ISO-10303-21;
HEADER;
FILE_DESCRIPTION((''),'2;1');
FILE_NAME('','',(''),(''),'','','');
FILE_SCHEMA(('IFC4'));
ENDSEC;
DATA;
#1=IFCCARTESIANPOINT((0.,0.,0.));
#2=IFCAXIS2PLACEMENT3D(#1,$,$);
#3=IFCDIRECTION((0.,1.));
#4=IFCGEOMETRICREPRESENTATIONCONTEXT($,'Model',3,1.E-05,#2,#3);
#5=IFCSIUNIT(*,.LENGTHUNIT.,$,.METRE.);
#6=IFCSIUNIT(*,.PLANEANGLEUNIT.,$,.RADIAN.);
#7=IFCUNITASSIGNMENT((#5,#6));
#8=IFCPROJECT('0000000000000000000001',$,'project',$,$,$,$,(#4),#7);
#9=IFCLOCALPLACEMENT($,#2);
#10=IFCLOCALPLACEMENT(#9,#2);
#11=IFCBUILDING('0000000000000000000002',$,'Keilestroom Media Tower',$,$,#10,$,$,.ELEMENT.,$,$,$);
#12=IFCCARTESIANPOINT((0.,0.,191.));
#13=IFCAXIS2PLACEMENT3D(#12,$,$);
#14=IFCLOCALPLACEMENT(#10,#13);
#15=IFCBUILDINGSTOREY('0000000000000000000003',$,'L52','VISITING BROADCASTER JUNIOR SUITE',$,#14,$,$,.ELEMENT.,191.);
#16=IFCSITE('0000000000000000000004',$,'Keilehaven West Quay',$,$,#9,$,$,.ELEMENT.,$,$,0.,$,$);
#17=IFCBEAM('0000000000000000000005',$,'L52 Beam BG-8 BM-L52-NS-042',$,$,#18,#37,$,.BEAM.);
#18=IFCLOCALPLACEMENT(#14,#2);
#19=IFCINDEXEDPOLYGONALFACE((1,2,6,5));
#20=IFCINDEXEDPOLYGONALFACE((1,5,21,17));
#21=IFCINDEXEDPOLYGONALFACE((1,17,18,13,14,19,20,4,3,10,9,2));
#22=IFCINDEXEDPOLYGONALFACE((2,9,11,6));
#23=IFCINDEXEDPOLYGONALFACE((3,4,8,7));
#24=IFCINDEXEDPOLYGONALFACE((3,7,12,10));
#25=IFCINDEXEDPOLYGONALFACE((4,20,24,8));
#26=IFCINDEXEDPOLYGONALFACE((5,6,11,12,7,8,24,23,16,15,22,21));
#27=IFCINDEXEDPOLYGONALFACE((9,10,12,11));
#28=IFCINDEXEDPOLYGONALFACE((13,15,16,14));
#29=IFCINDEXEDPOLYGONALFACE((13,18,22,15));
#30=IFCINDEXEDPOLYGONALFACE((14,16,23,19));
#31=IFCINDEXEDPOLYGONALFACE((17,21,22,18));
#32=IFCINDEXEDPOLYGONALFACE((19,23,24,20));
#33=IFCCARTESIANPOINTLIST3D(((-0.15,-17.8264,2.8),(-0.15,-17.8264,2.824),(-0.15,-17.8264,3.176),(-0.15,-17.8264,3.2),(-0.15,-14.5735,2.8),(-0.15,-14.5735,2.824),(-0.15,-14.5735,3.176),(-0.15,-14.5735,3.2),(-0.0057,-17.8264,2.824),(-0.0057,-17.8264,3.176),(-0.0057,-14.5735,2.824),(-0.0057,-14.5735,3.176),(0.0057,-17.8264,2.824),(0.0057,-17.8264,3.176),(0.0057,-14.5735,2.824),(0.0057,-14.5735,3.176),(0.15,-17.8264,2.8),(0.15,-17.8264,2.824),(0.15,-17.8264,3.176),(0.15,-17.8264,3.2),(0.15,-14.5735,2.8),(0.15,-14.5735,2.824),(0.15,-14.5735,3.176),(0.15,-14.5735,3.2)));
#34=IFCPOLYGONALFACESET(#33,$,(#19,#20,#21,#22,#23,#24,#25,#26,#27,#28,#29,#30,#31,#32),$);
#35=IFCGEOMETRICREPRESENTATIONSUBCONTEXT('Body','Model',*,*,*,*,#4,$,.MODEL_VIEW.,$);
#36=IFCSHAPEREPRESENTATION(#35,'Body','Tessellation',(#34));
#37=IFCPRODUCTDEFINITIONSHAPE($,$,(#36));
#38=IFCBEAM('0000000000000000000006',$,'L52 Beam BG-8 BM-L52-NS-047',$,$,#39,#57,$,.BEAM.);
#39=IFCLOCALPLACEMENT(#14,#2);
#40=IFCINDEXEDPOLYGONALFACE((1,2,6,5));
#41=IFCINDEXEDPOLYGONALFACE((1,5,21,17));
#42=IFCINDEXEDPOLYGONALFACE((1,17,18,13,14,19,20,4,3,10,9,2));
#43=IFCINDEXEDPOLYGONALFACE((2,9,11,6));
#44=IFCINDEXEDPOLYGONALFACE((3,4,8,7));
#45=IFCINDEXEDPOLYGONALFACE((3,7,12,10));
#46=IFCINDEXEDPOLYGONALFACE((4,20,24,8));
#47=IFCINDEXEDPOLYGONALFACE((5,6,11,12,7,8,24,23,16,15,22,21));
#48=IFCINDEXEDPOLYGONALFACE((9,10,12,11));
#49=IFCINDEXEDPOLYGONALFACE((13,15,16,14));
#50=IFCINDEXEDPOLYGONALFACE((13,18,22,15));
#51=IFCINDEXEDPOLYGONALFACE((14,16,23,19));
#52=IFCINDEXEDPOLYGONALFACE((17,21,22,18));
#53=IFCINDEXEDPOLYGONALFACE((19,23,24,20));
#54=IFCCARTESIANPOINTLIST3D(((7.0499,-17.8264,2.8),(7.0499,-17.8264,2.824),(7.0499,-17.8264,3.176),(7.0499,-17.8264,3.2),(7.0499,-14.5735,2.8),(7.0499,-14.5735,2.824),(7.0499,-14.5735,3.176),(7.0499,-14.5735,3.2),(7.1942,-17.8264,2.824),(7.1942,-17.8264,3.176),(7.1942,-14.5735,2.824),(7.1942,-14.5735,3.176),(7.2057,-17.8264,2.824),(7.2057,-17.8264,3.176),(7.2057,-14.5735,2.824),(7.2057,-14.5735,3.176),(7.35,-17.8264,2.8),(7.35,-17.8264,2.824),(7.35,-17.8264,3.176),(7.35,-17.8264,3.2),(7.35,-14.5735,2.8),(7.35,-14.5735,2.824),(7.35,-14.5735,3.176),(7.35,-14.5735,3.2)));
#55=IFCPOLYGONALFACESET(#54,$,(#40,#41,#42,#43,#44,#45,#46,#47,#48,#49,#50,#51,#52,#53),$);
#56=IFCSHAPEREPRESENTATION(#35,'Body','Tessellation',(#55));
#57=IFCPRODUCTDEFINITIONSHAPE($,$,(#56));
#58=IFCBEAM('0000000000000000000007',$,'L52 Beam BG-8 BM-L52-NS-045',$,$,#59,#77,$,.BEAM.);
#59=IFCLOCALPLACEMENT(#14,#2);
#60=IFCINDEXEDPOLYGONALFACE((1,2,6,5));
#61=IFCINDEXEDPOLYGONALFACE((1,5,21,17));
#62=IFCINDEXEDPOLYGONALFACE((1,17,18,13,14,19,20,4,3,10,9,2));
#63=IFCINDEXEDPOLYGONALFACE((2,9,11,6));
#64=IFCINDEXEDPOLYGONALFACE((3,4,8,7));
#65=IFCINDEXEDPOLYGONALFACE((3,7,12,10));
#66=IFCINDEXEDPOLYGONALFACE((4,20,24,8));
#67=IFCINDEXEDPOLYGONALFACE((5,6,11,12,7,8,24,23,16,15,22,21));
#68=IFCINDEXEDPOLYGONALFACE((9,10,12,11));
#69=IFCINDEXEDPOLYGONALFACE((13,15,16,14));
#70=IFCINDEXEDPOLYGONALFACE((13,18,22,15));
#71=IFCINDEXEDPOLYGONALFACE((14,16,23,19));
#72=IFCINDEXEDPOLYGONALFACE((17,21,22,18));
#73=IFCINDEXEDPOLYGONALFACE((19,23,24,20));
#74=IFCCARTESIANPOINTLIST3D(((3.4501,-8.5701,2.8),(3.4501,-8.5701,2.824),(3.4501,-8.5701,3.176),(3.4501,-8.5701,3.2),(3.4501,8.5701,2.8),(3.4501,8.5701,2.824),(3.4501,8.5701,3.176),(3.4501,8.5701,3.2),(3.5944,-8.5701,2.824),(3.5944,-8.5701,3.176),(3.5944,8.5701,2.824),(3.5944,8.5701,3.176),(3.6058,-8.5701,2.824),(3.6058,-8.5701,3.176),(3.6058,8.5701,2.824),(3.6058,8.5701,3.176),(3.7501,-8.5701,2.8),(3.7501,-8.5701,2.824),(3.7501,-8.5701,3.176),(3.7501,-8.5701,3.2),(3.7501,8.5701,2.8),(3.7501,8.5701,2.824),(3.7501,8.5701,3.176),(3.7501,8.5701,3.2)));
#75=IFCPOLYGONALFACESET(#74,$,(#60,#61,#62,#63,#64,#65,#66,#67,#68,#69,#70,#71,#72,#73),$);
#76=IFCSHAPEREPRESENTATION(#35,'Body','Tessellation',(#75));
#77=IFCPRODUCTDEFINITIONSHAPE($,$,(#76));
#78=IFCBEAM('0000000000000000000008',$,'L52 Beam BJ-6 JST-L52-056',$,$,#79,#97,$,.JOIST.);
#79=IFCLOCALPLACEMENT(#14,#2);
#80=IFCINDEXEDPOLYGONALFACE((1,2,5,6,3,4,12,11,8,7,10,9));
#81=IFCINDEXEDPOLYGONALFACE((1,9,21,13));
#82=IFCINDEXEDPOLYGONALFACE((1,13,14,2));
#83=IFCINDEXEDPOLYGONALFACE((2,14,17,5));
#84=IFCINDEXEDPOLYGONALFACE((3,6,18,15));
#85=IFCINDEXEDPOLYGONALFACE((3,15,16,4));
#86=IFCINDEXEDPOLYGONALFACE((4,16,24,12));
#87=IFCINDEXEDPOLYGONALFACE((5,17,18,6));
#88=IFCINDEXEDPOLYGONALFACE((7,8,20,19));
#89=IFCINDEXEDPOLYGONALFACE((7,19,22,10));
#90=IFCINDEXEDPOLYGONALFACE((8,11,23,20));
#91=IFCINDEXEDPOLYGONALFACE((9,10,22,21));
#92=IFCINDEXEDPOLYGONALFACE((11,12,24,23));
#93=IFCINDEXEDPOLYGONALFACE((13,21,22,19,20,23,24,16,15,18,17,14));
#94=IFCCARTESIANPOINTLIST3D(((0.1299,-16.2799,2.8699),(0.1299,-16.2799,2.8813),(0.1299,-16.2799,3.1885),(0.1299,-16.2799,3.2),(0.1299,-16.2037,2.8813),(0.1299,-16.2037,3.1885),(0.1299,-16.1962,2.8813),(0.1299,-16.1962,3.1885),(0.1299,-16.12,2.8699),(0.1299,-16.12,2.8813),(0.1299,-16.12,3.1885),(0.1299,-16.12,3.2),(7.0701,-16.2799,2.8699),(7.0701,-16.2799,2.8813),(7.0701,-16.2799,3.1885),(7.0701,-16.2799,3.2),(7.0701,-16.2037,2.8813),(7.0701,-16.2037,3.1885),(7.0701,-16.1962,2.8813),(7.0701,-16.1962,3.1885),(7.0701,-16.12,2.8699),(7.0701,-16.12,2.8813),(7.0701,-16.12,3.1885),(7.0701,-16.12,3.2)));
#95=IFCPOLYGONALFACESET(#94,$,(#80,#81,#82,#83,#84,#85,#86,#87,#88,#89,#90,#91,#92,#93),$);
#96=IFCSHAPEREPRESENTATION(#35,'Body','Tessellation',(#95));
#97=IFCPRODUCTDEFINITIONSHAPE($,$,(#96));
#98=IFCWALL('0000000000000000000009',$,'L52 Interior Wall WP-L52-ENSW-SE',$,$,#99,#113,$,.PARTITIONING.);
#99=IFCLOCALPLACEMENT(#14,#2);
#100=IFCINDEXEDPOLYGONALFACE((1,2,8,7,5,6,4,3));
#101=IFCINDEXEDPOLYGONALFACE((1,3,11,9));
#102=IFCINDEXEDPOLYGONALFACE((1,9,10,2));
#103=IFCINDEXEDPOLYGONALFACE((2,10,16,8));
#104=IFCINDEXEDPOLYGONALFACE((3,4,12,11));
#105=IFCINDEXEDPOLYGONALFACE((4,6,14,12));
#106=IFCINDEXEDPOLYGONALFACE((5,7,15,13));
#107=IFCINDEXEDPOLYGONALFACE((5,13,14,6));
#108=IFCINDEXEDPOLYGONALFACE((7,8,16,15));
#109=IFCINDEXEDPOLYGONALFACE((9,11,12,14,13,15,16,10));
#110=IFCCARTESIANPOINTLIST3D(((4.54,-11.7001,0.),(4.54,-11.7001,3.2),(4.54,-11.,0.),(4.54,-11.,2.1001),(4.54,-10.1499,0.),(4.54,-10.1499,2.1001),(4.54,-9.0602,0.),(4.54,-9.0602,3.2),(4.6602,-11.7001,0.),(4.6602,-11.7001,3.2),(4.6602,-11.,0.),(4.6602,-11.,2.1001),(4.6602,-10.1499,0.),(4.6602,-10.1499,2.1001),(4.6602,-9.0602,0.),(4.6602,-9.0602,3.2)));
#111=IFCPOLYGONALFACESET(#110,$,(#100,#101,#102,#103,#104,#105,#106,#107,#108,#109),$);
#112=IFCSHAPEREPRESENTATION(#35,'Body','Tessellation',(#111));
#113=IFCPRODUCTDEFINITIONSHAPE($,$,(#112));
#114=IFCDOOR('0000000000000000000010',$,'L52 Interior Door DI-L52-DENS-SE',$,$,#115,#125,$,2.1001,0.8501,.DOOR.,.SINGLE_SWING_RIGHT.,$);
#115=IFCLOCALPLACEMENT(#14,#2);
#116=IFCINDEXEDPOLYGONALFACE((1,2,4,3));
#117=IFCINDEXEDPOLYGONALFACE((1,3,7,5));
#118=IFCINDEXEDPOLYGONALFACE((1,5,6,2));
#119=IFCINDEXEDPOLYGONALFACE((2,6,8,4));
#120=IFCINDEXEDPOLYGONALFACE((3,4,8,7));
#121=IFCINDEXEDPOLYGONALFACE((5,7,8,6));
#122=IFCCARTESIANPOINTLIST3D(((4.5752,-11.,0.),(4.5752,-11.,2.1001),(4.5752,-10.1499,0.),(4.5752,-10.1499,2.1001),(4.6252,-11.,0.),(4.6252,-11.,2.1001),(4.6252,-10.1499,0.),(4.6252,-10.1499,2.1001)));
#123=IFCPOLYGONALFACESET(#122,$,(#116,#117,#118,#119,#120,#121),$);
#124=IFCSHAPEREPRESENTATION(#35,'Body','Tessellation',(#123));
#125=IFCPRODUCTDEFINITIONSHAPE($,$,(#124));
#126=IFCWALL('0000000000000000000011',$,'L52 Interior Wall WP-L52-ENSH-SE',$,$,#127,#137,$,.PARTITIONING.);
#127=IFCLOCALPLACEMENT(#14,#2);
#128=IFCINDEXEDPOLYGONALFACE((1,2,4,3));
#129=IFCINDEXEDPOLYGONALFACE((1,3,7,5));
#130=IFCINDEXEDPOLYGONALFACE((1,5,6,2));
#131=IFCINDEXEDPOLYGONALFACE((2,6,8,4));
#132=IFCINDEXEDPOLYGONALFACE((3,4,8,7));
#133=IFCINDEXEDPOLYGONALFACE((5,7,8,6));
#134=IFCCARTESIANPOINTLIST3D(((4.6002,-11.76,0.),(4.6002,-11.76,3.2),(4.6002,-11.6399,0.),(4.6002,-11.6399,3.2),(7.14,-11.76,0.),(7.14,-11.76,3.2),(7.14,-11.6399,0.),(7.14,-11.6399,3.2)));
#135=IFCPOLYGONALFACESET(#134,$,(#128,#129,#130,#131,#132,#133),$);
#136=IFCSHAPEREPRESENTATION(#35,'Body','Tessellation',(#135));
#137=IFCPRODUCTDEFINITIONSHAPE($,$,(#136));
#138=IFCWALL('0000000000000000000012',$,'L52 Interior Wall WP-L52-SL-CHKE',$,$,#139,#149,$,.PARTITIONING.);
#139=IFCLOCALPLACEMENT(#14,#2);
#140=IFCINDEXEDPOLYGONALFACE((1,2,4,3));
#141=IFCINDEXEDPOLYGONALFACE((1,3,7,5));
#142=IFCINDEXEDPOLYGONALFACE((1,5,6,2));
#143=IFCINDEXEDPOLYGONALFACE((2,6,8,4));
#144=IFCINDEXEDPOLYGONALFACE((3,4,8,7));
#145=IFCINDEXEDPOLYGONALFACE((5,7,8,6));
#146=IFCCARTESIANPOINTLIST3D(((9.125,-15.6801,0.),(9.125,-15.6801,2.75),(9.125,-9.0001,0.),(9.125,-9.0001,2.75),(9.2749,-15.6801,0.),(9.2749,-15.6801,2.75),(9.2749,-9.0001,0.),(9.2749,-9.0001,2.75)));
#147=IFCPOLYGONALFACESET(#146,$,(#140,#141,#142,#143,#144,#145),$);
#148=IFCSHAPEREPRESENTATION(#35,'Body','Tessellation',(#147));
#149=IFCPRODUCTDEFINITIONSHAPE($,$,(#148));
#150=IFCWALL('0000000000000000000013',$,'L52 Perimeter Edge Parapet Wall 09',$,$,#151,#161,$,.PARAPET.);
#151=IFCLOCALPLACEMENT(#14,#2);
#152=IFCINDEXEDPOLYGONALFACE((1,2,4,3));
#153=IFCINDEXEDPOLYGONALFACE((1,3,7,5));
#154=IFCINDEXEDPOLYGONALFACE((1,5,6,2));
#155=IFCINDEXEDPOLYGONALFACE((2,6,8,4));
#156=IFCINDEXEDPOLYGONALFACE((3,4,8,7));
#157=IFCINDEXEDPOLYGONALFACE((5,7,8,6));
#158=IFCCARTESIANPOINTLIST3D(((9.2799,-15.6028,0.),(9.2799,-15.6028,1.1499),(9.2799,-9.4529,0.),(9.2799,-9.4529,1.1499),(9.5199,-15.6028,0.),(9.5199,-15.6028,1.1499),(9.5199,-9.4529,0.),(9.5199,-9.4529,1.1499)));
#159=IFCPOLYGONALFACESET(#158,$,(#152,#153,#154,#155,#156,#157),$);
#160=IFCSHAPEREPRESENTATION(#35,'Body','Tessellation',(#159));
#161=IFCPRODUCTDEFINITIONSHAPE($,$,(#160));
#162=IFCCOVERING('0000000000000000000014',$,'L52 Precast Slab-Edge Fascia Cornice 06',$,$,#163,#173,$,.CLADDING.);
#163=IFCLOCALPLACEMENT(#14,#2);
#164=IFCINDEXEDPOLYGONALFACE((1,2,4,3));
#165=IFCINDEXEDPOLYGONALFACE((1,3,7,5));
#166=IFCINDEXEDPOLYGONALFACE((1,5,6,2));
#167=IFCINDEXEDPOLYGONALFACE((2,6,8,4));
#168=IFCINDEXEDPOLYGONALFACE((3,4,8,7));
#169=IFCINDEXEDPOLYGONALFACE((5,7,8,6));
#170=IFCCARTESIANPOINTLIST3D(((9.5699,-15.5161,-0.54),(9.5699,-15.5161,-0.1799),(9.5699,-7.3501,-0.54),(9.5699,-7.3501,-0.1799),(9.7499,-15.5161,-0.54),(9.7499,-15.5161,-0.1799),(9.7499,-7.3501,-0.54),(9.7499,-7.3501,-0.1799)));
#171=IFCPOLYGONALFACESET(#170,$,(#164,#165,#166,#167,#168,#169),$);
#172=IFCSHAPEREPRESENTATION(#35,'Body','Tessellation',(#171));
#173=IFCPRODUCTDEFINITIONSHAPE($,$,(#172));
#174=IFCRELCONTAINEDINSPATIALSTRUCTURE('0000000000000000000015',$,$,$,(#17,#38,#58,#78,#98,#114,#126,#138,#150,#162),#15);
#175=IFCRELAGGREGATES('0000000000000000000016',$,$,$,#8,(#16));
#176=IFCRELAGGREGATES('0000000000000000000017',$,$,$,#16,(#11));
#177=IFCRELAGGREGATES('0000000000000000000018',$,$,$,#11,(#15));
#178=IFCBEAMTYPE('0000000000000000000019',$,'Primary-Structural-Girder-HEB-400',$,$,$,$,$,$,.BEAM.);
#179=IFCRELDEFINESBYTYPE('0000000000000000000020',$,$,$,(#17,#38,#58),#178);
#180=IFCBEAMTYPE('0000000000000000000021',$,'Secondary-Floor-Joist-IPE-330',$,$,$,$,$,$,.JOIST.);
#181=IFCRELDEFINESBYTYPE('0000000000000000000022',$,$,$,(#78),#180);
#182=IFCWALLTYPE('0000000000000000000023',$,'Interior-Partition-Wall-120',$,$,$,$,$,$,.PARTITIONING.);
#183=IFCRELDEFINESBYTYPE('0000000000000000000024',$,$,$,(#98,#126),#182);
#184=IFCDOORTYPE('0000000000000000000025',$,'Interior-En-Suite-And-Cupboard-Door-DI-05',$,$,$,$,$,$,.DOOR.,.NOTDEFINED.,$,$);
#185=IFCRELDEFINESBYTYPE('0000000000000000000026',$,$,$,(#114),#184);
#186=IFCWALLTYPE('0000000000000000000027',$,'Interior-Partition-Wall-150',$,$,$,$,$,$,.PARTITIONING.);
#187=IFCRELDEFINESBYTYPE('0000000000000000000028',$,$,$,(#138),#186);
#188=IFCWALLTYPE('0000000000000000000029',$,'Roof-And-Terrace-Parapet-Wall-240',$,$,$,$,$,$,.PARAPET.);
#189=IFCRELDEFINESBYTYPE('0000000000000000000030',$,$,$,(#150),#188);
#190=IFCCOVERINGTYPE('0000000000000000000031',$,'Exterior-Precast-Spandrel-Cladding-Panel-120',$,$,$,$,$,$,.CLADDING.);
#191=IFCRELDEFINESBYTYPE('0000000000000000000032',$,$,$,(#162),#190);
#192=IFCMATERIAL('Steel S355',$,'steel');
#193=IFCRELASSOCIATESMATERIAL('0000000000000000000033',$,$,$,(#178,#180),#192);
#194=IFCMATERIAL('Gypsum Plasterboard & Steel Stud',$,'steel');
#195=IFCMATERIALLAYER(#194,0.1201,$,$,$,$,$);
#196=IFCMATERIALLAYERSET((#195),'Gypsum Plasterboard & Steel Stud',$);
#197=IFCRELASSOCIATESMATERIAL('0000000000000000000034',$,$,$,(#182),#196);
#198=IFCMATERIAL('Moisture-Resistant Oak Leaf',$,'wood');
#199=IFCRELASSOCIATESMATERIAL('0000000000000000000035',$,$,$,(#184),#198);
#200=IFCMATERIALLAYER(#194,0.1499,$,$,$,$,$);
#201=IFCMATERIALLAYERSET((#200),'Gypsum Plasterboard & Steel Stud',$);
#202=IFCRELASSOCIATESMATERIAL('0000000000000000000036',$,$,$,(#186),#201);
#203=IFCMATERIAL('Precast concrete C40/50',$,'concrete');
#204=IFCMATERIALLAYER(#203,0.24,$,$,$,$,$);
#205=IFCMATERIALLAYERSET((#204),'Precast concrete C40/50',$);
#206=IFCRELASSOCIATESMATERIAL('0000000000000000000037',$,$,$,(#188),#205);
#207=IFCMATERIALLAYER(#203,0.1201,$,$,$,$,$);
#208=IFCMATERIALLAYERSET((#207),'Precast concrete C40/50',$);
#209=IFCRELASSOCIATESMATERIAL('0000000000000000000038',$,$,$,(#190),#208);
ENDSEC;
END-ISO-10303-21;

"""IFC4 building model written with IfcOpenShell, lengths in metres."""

from ifc_helpers import new_model, si_unit, direction, frame, frame_2d, origin, origin_2d, place, context, subcontext, project, spatial, rectangle, i_section, extrude, source, transform, mapped, material, layer, layer_set, material_profile, profile_set, type_object, element, fill, save


model = new_model("IFC4")

# Units and contexts
model_context = context("Model", 3, precision=1e-05, world=origin(), true_north=direction((0.0, 1.0)))
body_context = subcontext(model_context, "Body", "Model", "MODEL_VIEW")
ifc_project = project(units=[si_unit("LENGTHUNIT", "METRE"), si_unit("PLANEANGLEUNIT", "RADIAN")], contexts=[model_context])

# Site, building, storey
site_placement = place(None, origin())
site = spatial("IfcSite", under=ifc_project, at=site_placement, Name="Keilehaven West Quay", CompositionType="ELEMENT", RefElevation=0.0)
building_placement = place(site_placement, origin())
building = spatial("IfcBuilding", under=site, at=building_placement, Name="Keilestroom Media Tower", CompositionType="ELEMENT")
storey_placement = place(building_placement, frame((0.0, 0.0, 191.0)))
storey = spatial("IfcBuildingStorey", under=building, at=storey_placement, Name="L52", Description="VISITING BROADCASTER JUNIOR SUITE", CompositionType="ELEMENT", Elevation=191.0)

# Shared definitions
ifc_material_1 = material(Name="Precast concrete C40/50", Category="concrete")
ifc_material_2 = material(Name="Steel S355", Category="steel")

# Beams
ifc_material_profile_1 = material_profile(ifc_material_2, i_section(OverallWidth=0.3, OverallDepth=0.3999, WebThickness=0.0115, FlangeThickness=0.0239, at=origin_2d()), Name="HEB 400")
ifc_profile_set_1 = profile_set([ifc_material_profile_1], Name="Steel S355")
beam_type_1 = type_object("IfcBeamType", Name="Primary-Structural-Girder-HEB-400", PredefinedType="BEAM", material=ifc_profile_set_1)
shared_shape_1 = source(origin(), body_context, "Body", "SweptSolid", [
    extrude(i_section(OverallWidth=0.3, OverallDepth=0.3999, WebThickness=0.0115, FlangeThickness=0.0239, at=origin_2d()), origin(), (0.0, 0.0, 1.0), 3.2529),
])
for number, where, z_axis, x_axis, name in (
    (1, (0.0, -17.8264, 3.0), (0.0, 1.0, 0.0), (-1.0, 0.0, 0.0), "L52 Beam BG-8 BM-L52-NS-042"),
    (2, (7.2, -17.8264, 3.0), (0.0, 1.0, 0.0), (-1.0, 0.0, 0.0), "L52 Beam BG-8 BM-L52-NS-047"),
):
    element("IfcBeam", number, at=place(storey_placement, frame(where, z_axis=z_axis, x_axis=x_axis)), inside=storey, type_object=beam_type_1, Name=name, PredefinedType="BEAM", context=body_context, shape_type="MappedRepresentation", body=[
        mapped(shared_shape_1, transform((0.0, 0.0, 0.0), x_axis=(1.0, 0.0, 0.0), y_axis=(0.0, 1.0, 0.0), z_axis=(0.0, 0.0, 1.0), scale=1.0)),
    ])
shared_shape_2 = source(origin(), body_context, "Body", "SweptSolid", [
    extrude(i_section(OverallWidth=0.3, OverallDepth=0.3999, WebThickness=0.0115, FlangeThickness=0.0239, at=origin_2d()), origin(), (0.0, 0.0, 1.0), 17.1401),
])
beam_1_placement = place(storey_placement, frame((3.6001, -8.5701, 3.0), z_axis=(0.0, 1.0, 0.0), x_axis=(-1.0, 0.0, 0.0)))
element("IfcBeam", 3, at=beam_1_placement, inside=storey, type_object=beam_type_1, Name="L52 Beam BG-8 BM-L52-NS-045", PredefinedType="BEAM", context=body_context, shape_type="MappedRepresentation", body=[
    mapped(shared_shape_2, transform((0.0, 0.0, 0.0), x_axis=(1.0, 0.0, 0.0), y_axis=(0.0, 1.0, 0.0), z_axis=(0.0, 0.0, 1.0), scale=1.0)),
])
ifc_material_profile_2 = material_profile(ifc_material_2, i_section(OverallWidth=0.1599, OverallDepth=0.3301, WebThickness=0.0076, FlangeThickness=0.0115, at=origin_2d()), Name="IPE 330")
ifc_profile_set_2 = profile_set([ifc_material_profile_2], Name="Steel S355")
beam_type_2 = type_object("IfcBeamType", Name="Secondary-Floor-Joist-IPE-330", PredefinedType="JOIST", material=ifc_profile_set_2)
shared_shape_3 = source(origin(), body_context, "Body", "SweptSolid", [
    extrude(i_section(OverallWidth=0.1599, OverallDepth=0.3301, WebThickness=0.0076, FlangeThickness=0.0115, at=origin_2d()), origin(), (0.0, 0.0, 1.0), 6.9402),
])
beam_2_placement = place(storey_placement, frame((0.1299, -16.2, 3.0349), z_axis=(1.0, 0.0, 0.0), x_axis=(0.0, 1.0, 0.0)))
element("IfcBeam", 4, at=beam_2_placement, inside=storey, type_object=beam_type_2, Name="L52 Beam BJ-6 JST-L52-056", PredefinedType="JOIST", context=body_context, shape_type="MappedRepresentation", body=[
    mapped(shared_shape_3, transform((0.0, 0.0, 0.0), x_axis=(1.0, 0.0, 0.0), y_axis=(0.0, 1.0, 0.0), z_axis=(0.0, 0.0, 1.0), scale=1.0)),
])

# Wall, opening, door
ifc_material_3 = material(Name="Gypsum Plasterboard & Steel Stud", Category="steel")
ifc_layer_1 = layer(ifc_material_3, 0.1201)
ifc_layer_set_1 = layer_set([ifc_layer_1], Name="Gypsum Plasterboard & Steel Stud")
wall_type_1 = type_object("IfcWallType", Name="Interior-Partition-Wall-120", PredefinedType="PARTITIONING", material=ifc_layer_set_1)
wall_1_placement = place(storey_placement, frame((4.6001, -11.7, 0.0), z_axis=(0.0, 0.0, 1.0), x_axis=(0.0, 1.0, 0.0)))
wall_1 = element("IfcWall", 5, at=wall_1_placement, inside=storey, type_object=wall_type_1, Name="L52 Interior Wall WP-L52-ENSW-SE", PredefinedType="PARTITIONING", context=body_context, shape_type="SweptSolid", body=[
    extrude(rectangle(XDim=2.6399, YDim=0.1201, at=frame_2d((1.3198, 0.0))), origin(), (0.0, 0.0, 1.0), 3.2),
])
opening_placement = place(wall_1_placement, frame((0.7, 0.0, 0.0)))
opening = element("IfcOpeningElement", 6, at=opening_placement, cuts=wall_1, PredefinedType="OPENING", context=body_context, shape_type="SweptSolid", body=[
    extrude(rectangle(XDim=0.8501, YDim=2.1001, at=frame_2d((0.425, 1.05))), frame((0.0, 0.0701, 0.0), z_axis=(0.0, -1.0, 0.0), x_axis=(1.0, 0.0, 0.0)), (0.0, 0.0, 1.0), 0.1401),
])
ifc_material_4 = material(Name="Moisture-Resistant Oak Leaf", Category="wood")
door_type = type_object("IfcDoorType", Name="Interior-En-Suite-And-Cupboard-Door-DI-05", OperationType="NOTDEFINED", PredefinedType="DOOR", material=ifc_material_4)
shared_shape_4 = source(origin(), body_context, "Body", "SweptSolid", [
    extrude(rectangle(XDim=0.8501, YDim=2.1001, at=frame_2d((0.425, 1.05))), frame((0.0, 0.0249, 0.0), z_axis=(0.0, -1.0, 0.0), x_axis=(1.0, 0.0, 0.0)), (0.0, 0.0, 1.0), 0.05),
])
door_placement = place(opening_placement, origin())
door = element("IfcDoor", 7, at=door_placement, inside=storey, type_object=door_type, Name="L52 Interior Door DI-L52-DENS-SE", OperationType="SINGLE_SWING_RIGHT", OverallHeight=2.1001, OverallWidth=0.8501, PredefinedType="DOOR", context=body_context, shape_type="MappedRepresentation", body=[
    mapped(shared_shape_4, transform((0.0, 0.0, 0.0), x_axis=(1.0, 0.0, 0.0), y_axis=(0.0, 1.0, 0.0), z_axis=(0.0, 0.0, 1.0), scale=1.0)),
])
fill(opening, door)

# Walls
wall_2_placement = place(storey_placement, frame((4.6001, -11.7, 0.0), z_axis=(0.0, 0.0, 1.0), x_axis=(1.0, 0.0, 0.0)))
element("IfcWall", 8, at=wall_2_placement, inside=storey, type_object=wall_type_1, Name="L52 Interior Wall WP-L52-ENSH-SE", PredefinedType="PARTITIONING", context=body_context, shape_type="SweptSolid", body=[
    extrude(rectangle(XDim=2.5398, YDim=0.1201, at=frame_2d((1.27, 0.0))), origin(), (0.0, 0.0, 1.0), 3.2),
])
ifc_layer_2 = layer(ifc_material_3, 0.1499)
ifc_layer_set_2 = layer_set([ifc_layer_2], Name="Gypsum Plasterboard & Steel Stud")
wall_type_2 = type_object("IfcWallType", Name="Interior-Partition-Wall-150", PredefinedType="PARTITIONING", material=ifc_layer_set_2)
wall_3_placement = place(storey_placement, frame((9.2, -15.6799, 0.0), z_axis=(0.0, 0.0, 1.0), x_axis=(0.0, 1.0, 0.0)))
element("IfcWall", 9, at=wall_3_placement, inside=storey, type_object=wall_type_2, Name="L52 Interior Wall WP-L52-SL-CHKE", PredefinedType="PARTITIONING", context=body_context, shape_type="SweptSolid", body=[
    extrude(rectangle(XDim=6.6799, YDim=0.1499, at=frame_2d((3.3398, 0.0))), origin(), (0.0, 0.0, 1.0), 2.75),
])
ifc_layer_3 = layer(ifc_material_1, 0.24)
ifc_layer_set_3 = layer_set([ifc_layer_3], Name="Precast concrete C40/50")
wall_type_3 = type_object("IfcWallType", Name="Roof-And-Terrace-Parapet-Wall-240", PredefinedType="PARAPET", material=ifc_layer_set_3)
wall_4_placement = place(storey_placement, frame((9.3999, -9.4529, 0.0), z_axis=(0.0, 0.0, 1.0), x_axis=(0.0, -1.0, 0.0)))
element("IfcWall", 10, at=wall_4_placement, inside=storey, type_object=wall_type_3, Name="L52 Perimeter Edge Parapet Wall 09", PredefinedType="PARAPET", context=body_context, shape_type="SweptSolid", body=[
    extrude(rectangle(XDim=6.1499, YDim=0.24, at=frame_2d((3.075, 0.0))), origin(), (0.0, 0.0, 1.0), 1.1499),
])

# Covering
ifc_layer_4 = layer(ifc_material_1, 0.1201)
ifc_layer_set_4 = layer_set([ifc_layer_4], Name="Precast concrete C40/50")
covering_type = type_object("IfcCoveringType", Name="Exterior-Precast-Spandrel-Cladding-Panel-120", PredefinedType="CLADDING", material=ifc_layer_set_4)
shared_shape_5 = source(origin(), body_context, "Body", "SweptSolid", [
    extrude(rectangle(XDim=8.166, YDim=0.1799, at=origin_2d()), origin(), (0.0, 0.0, 1.0), 0.3601),
])
covering_1_placement = place(storey_placement, frame((9.6599, -11.4331, -0.54), z_axis=(0.0, 0.0, 1.0), x_axis=(0.0, -1.0, 0.0)))
element("IfcCovering", 11, at=covering_1_placement, inside=storey, type_object=covering_type, Name="L52 Precast Slab-Edge Fascia Cornice 06", PredefinedType="CLADDING", context=body_context, shape_type="MappedRepresentation", body=[
    mapped(shared_shape_5, transform((0.0, 0.0, 0.0), x_axis=(1.0, 0.0, 0.0), y_axis=(0.0, 1.0, 0.0), z_axis=(0.0, 0.0, 1.0), scale=1.0)),
])

save(model, "model.ifc")
